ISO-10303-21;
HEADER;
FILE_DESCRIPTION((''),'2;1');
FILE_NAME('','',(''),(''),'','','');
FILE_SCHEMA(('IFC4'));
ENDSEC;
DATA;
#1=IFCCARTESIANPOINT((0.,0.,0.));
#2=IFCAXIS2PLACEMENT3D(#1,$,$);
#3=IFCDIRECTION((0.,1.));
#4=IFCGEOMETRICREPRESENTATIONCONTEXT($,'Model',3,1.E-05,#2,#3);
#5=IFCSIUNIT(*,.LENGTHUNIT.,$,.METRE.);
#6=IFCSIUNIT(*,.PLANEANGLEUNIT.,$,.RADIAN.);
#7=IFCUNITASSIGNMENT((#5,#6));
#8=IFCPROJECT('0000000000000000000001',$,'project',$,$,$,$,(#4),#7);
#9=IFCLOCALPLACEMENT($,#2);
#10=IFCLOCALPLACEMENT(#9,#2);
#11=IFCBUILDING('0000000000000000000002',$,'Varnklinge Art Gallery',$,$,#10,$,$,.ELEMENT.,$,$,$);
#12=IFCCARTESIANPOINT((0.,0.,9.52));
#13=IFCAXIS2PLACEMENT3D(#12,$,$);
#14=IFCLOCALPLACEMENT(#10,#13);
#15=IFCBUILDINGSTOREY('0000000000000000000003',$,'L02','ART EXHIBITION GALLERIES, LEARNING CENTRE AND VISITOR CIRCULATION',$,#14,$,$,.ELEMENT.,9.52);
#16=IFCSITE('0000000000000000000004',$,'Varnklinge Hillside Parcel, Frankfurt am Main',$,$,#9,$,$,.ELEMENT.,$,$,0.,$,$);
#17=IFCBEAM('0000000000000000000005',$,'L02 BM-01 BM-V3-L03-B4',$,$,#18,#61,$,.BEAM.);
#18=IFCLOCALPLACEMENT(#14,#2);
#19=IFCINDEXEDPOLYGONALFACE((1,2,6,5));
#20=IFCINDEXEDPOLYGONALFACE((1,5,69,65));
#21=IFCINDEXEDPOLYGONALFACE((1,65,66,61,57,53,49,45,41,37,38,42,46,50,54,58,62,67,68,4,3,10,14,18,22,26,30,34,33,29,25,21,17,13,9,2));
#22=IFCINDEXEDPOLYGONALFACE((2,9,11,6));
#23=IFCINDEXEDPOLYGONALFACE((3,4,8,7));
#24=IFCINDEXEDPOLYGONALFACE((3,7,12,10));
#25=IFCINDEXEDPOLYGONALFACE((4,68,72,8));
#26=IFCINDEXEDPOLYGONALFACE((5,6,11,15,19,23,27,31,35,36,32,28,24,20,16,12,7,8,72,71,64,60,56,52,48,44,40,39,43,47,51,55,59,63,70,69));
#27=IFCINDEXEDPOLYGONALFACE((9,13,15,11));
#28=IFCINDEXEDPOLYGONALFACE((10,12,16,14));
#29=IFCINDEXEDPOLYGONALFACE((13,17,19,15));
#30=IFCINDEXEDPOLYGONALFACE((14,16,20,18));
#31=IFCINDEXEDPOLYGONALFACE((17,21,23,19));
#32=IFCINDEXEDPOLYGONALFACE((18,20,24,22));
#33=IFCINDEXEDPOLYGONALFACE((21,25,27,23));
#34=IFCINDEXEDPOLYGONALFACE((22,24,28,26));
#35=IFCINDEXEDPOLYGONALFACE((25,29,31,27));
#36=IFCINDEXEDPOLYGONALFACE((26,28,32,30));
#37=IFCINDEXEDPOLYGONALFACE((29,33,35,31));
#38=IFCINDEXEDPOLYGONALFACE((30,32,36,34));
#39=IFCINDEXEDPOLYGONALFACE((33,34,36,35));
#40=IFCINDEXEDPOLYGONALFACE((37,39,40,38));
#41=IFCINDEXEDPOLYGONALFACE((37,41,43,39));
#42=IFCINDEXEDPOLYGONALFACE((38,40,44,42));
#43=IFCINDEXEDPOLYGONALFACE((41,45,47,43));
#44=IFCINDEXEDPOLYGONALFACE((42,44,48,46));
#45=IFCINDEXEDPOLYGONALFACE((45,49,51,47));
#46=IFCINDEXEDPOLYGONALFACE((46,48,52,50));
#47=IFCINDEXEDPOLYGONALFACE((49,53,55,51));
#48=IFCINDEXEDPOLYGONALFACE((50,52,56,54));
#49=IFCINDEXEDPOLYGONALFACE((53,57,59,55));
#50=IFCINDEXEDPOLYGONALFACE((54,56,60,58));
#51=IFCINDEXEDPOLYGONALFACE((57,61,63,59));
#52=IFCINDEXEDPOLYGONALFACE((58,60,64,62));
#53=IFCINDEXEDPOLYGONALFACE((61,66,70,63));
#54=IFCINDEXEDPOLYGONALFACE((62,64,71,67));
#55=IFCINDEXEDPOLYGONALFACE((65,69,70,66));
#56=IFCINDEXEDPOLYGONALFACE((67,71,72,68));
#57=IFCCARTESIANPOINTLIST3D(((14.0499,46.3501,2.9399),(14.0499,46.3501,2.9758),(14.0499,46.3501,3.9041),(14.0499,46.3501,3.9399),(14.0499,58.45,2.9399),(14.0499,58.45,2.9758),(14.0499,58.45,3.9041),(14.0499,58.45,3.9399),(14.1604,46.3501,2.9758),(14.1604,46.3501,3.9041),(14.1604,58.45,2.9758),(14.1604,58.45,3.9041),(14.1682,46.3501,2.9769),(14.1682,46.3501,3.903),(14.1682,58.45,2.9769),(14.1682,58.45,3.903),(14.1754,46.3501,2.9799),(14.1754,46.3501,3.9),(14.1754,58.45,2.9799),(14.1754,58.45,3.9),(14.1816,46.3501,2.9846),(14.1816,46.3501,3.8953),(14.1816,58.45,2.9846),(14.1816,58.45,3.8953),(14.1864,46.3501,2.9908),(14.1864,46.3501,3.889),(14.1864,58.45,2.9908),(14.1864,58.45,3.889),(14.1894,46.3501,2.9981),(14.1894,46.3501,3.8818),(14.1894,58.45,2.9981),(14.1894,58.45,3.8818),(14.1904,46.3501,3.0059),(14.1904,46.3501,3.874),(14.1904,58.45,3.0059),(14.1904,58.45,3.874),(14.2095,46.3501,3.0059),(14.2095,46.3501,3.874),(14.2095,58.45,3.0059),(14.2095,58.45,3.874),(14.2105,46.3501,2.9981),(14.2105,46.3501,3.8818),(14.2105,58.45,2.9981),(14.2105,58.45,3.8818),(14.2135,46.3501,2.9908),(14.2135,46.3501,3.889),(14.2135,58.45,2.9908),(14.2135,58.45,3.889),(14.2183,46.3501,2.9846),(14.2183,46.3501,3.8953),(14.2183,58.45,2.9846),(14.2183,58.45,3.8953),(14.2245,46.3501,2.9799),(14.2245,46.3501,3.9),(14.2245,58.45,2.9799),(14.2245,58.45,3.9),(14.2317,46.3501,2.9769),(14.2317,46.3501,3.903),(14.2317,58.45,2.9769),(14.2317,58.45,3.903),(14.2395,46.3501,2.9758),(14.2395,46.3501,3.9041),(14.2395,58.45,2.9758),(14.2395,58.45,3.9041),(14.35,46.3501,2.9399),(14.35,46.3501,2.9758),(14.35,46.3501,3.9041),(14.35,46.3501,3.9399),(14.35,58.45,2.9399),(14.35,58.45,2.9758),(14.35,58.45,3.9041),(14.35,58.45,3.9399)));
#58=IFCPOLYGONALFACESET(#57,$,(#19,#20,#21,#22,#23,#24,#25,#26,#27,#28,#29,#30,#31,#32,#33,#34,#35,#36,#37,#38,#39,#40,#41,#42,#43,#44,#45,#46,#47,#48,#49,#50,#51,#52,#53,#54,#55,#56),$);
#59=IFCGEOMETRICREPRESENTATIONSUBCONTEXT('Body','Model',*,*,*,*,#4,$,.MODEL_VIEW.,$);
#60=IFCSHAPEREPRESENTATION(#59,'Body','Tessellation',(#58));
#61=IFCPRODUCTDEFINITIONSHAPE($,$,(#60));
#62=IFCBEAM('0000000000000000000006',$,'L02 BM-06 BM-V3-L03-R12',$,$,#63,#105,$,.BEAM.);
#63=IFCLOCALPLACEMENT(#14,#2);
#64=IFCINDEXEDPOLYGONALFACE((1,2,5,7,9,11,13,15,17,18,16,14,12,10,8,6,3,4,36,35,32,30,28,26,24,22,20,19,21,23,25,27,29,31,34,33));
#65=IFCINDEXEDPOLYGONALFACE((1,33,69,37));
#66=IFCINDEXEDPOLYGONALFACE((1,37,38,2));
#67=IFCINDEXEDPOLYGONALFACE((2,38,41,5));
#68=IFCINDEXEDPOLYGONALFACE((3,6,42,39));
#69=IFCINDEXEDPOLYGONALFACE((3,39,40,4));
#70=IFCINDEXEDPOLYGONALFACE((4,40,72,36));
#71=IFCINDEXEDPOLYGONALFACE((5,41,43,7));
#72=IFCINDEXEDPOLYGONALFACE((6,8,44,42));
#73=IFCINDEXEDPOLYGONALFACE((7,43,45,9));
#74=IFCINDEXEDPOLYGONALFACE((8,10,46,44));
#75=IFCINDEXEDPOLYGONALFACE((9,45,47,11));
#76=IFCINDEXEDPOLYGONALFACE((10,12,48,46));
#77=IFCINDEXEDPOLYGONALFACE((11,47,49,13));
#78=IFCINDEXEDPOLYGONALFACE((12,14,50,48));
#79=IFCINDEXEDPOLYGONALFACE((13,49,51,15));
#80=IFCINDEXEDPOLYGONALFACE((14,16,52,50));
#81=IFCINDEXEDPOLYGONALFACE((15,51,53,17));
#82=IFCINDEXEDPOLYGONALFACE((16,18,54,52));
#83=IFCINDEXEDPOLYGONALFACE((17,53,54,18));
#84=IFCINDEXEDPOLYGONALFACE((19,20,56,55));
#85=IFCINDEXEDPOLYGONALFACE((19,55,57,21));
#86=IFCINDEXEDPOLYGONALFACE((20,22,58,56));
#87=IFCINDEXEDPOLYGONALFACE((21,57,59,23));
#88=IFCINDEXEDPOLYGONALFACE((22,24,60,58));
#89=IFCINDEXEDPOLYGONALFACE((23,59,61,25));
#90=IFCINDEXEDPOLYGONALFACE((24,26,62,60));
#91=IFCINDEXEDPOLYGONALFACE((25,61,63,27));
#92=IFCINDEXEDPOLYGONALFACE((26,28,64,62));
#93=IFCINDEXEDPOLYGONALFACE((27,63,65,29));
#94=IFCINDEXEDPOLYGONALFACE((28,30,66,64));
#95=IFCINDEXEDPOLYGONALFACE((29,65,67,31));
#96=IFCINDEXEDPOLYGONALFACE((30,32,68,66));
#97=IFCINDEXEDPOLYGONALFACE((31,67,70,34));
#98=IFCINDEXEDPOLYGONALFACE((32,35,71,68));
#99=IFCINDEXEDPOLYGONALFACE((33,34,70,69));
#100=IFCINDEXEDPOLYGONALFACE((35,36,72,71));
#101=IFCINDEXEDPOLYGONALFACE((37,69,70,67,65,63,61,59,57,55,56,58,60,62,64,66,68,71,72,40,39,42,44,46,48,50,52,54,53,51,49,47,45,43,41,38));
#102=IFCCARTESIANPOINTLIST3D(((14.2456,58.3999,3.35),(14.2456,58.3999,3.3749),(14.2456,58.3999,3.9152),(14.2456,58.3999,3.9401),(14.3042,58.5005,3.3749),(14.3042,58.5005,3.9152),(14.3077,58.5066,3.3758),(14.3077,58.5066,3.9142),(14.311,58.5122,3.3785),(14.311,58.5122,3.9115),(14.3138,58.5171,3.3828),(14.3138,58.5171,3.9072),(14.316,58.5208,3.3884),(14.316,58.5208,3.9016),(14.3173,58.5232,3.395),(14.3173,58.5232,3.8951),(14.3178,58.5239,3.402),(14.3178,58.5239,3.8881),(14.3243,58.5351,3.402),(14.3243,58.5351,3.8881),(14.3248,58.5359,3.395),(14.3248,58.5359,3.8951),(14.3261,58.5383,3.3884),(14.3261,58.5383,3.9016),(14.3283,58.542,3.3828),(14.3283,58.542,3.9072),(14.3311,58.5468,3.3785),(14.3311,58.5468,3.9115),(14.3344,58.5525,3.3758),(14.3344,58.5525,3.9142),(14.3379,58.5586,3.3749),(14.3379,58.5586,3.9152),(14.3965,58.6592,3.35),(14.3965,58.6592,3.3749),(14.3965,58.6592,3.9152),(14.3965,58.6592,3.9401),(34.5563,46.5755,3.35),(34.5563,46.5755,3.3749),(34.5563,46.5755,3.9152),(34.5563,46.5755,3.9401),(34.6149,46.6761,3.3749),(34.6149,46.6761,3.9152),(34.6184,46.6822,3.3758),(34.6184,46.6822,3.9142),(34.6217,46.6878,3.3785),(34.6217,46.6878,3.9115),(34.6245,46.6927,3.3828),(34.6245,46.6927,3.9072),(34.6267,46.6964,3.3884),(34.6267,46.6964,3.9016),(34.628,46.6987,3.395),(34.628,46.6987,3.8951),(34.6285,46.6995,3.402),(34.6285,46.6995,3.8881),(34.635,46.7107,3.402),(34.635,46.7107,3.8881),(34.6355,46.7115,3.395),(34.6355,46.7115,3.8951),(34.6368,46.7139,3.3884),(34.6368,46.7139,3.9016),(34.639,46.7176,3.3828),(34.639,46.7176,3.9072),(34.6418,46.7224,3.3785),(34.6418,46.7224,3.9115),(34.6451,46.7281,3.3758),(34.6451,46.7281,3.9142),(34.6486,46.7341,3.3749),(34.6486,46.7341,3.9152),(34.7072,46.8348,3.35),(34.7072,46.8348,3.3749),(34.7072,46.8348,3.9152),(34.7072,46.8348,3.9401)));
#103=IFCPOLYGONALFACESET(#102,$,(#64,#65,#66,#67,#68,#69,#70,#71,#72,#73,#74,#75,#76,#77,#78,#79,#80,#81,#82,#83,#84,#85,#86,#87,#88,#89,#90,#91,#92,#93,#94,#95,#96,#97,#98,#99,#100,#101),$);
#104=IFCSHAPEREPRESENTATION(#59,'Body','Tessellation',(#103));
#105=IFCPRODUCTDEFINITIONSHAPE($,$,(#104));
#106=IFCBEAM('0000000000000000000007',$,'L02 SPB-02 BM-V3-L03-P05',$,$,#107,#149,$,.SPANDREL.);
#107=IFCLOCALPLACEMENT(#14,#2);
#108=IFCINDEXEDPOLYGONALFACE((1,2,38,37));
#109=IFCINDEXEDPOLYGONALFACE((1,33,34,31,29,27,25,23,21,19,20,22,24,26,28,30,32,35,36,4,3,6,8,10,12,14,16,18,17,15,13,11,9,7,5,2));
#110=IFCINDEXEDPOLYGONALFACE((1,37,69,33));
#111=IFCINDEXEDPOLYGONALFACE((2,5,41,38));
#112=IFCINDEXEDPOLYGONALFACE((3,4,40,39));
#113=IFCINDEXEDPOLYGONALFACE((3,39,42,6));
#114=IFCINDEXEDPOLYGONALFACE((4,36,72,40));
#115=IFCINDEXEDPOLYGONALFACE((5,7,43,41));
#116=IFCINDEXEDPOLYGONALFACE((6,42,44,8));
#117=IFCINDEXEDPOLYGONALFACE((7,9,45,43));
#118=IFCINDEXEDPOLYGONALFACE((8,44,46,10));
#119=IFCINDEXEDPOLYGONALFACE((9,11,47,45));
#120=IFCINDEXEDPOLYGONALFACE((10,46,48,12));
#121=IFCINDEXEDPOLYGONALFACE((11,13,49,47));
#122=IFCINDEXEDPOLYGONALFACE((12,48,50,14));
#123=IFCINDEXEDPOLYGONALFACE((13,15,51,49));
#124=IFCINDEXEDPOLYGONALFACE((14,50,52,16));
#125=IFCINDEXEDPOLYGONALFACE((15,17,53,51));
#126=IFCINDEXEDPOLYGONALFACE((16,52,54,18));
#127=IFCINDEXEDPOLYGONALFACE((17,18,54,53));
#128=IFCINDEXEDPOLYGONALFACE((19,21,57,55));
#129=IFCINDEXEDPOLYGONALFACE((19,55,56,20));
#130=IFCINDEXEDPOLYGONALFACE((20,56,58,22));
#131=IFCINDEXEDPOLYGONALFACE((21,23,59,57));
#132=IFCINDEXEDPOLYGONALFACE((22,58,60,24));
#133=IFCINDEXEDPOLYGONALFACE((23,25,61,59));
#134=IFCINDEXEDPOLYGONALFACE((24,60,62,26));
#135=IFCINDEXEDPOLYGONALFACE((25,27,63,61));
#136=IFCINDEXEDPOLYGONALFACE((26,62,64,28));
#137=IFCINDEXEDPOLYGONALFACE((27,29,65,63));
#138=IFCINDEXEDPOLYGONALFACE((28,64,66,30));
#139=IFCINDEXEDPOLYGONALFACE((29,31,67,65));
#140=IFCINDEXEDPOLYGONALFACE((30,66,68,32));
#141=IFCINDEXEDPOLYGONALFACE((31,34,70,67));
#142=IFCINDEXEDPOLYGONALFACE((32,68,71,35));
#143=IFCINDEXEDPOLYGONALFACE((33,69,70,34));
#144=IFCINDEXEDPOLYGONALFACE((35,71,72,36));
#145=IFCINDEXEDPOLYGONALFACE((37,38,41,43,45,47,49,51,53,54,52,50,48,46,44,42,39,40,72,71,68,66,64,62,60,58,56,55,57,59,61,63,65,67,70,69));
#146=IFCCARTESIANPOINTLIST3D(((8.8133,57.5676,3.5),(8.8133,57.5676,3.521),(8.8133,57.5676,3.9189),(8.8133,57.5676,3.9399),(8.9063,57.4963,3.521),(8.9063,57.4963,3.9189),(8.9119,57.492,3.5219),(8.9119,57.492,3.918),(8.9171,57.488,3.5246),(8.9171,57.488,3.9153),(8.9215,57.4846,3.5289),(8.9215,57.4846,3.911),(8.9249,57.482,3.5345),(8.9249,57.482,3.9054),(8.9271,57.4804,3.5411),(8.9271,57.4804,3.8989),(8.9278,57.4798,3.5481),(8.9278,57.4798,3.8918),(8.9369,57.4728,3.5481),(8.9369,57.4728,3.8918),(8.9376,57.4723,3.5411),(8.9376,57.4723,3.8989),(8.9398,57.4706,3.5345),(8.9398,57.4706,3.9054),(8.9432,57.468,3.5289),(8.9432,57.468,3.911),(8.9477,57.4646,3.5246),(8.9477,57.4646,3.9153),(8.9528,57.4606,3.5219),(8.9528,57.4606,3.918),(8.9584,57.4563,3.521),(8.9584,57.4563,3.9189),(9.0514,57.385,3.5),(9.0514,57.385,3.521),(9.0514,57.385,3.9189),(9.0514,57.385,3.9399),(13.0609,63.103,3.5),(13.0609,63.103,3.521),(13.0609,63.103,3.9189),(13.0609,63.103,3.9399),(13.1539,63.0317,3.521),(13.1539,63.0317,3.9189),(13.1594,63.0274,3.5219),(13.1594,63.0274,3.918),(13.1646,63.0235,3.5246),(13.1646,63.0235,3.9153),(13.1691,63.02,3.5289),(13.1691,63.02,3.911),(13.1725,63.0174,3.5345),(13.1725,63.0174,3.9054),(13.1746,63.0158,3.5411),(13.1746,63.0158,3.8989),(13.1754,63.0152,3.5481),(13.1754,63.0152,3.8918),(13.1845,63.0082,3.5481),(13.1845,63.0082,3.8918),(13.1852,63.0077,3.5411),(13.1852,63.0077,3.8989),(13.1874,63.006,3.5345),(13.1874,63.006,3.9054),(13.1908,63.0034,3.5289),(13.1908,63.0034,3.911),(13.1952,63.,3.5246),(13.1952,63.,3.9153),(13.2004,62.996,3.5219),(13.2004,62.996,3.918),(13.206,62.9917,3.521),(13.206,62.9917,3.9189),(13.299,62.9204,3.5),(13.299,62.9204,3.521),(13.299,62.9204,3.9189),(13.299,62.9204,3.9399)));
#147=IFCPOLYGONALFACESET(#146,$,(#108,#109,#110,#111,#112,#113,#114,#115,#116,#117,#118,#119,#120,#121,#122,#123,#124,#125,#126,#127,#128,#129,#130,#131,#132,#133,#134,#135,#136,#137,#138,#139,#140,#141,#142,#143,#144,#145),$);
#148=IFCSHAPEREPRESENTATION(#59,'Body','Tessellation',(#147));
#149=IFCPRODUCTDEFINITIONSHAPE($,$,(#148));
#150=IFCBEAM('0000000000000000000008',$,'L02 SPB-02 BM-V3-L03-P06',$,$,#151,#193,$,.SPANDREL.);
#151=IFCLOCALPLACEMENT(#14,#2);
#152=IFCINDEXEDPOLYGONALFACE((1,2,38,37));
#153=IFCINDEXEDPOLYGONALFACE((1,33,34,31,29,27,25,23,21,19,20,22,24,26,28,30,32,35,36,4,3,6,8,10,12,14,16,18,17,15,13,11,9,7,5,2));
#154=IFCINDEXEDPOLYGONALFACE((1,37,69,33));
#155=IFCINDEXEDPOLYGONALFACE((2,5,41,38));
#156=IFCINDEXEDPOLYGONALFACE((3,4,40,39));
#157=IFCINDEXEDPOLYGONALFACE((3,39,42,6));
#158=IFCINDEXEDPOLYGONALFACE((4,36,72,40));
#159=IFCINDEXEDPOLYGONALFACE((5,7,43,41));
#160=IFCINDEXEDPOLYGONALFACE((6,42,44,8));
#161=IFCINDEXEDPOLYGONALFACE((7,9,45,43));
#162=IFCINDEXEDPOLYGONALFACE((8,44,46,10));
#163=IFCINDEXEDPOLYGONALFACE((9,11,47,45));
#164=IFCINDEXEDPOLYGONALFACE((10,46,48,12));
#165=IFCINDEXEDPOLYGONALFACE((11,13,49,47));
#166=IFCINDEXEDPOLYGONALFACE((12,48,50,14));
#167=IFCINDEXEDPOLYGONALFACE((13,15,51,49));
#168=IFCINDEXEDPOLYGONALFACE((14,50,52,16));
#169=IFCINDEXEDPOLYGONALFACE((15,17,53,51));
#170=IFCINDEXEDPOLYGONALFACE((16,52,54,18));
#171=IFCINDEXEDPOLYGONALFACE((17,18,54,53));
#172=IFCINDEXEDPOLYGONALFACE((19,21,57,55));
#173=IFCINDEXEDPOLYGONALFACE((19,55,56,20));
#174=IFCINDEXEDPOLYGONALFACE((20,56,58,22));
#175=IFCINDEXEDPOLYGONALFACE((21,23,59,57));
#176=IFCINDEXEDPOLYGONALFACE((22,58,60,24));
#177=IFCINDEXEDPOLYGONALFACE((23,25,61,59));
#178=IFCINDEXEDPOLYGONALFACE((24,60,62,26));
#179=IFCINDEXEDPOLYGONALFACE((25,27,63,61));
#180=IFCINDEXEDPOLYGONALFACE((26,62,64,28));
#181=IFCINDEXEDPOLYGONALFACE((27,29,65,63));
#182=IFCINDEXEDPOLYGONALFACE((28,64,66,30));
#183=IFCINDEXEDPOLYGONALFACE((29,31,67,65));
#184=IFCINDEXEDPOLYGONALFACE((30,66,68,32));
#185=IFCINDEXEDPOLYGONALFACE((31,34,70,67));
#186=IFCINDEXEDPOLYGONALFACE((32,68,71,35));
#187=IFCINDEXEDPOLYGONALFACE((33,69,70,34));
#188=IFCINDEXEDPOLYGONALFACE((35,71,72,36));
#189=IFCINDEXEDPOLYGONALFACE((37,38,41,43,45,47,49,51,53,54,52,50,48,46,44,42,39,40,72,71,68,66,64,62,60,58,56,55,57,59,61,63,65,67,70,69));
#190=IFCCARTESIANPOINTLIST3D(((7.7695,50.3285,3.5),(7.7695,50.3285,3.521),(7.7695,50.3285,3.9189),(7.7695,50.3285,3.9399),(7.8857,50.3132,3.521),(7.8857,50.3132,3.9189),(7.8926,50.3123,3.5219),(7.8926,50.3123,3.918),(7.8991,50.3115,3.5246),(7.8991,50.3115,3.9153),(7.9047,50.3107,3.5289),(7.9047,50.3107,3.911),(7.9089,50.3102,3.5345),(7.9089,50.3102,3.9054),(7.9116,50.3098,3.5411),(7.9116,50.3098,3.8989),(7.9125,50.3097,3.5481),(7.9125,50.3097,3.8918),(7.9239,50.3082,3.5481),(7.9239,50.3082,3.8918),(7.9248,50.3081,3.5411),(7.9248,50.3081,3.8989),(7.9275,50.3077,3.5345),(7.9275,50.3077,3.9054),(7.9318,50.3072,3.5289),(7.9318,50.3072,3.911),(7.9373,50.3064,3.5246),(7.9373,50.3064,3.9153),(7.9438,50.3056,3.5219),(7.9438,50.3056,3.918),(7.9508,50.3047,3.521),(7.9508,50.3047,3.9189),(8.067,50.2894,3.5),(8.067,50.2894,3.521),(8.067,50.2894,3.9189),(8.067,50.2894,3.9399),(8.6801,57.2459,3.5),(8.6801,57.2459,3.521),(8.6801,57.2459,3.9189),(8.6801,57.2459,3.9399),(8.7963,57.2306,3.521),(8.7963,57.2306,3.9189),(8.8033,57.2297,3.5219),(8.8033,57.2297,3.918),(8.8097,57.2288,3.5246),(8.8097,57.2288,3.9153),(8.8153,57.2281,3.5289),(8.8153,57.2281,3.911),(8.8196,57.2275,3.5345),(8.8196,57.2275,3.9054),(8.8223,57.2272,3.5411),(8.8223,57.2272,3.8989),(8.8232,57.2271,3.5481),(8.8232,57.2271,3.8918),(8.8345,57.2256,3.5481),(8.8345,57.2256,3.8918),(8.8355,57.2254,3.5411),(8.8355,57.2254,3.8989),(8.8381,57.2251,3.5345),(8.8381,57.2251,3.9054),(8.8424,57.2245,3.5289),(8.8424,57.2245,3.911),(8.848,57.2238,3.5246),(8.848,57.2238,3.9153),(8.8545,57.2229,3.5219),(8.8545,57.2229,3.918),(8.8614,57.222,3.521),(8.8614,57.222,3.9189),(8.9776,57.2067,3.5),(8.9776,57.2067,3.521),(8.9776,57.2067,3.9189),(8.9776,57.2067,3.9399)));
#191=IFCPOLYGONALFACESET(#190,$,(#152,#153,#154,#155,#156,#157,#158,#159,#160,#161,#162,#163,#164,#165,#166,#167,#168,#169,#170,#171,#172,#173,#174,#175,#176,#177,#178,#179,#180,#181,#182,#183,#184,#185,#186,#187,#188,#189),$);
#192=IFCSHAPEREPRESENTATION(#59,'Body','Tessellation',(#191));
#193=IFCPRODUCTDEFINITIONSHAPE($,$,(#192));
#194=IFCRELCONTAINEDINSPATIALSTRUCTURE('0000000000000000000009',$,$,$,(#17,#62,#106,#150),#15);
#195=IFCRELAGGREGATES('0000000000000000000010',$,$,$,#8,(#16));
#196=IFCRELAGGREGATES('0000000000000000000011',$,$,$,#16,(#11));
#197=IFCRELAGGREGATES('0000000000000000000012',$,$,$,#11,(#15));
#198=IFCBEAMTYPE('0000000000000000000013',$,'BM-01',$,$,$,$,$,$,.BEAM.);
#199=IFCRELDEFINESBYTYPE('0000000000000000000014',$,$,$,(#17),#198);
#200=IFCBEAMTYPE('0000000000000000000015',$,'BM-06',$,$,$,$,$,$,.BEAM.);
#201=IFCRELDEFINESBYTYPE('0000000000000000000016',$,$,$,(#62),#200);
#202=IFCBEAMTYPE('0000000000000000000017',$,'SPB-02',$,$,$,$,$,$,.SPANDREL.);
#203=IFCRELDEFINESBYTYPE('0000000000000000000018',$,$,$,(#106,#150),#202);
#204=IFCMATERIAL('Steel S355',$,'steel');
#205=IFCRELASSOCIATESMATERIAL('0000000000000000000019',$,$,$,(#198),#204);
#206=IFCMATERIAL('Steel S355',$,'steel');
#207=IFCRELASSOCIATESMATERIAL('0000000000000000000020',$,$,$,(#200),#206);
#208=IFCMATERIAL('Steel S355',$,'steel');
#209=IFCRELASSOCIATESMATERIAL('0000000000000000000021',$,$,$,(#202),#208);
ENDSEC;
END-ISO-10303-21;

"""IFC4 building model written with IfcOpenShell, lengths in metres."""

from ifc_helpers import new_model, si_unit, direction, frame, origin, origin_2d, place, context, subcontext, project, spatial, i_section, extrude, material, material_profile, profile_set, type_object, element, save


model = new_model("IFC4")

# Units and contexts
model_context = context("Model", 3, precision=1e-05, world=origin(), true_north=direction((0.0, 1.0)))
body_context = subcontext(model_context, "Body", "Model", "MODEL_VIEW")
ifc_project = project(units=[si_unit("LENGTHUNIT", "METRE"), si_unit("PLANEANGLEUNIT", "RADIAN")], contexts=[model_context])

# Site, building, storey
site_placement = place(None, origin())
site = spatial("IfcSite", under=ifc_project, at=site_placement, Name="Varnklinge Hillside Parcel, Frankfurt am Main", CompositionType="ELEMENT", RefElevation=0.0)
building_placement = place(site_placement, origin())
building = spatial("IfcBuilding", under=site, at=building_placement, Name="Varnklinge Art Gallery", CompositionType="ELEMENT")
storey_placement = place(building_placement, frame((0.0, 0.0, 9.52)))
storey = spatial("IfcBuildingStorey", under=building, at=storey_placement, Name="L02", Description="ART EXHIBITION GALLERIES, LEARNING CENTRE AND VISITOR CIRCULATION", CompositionType="ELEMENT", Elevation=9.52)

# Beams
ifc_material_1 = material(Name="Steel S355", Category="steel")
ifc_material_profile_1 = material_profile(ifc_material_1, i_section(OverallWidth=0.3, OverallDepth=1.0, WebThickness=0.019, FlangeThickness=0.0359, FilletRadius=0.03, at=origin_2d()), Name="HEB 1000")
ifc_profile_set_1 = profile_set([ifc_material_profile_1], Name="Steel S355")
beam_type_1 = type_object("IfcBeamType", Name="BM-01", PredefinedType="BEAM", material=ifc_profile_set_1)
beam_1_placement = place(storey_placement, frame((14.2, 58.45, 3.4399), z_axis=(0.0, -1.0, 0.0), x_axis=(1.0, 0.0, 0.0)))
element("IfcBeam", 1, at=beam_1_placement, inside=storey, type_object=beam_type_1, Name="L02 BM-01 BM-V3-L03-B4", PredefinedType="BEAM", context=body_context, shape_type="SweptSolid", body=[
    extrude(i_section(OverallWidth=0.3, OverallDepth=1.0, WebThickness=0.019, FlangeThickness=0.0359, FilletRadius=0.03, at=origin_2d()), origin(), (0.0, 0.0, 1.0), 12.0999),
])
ifc_material_2 = material(Name="Steel S355", Category="steel")
ifc_material_profile_2 = material_profile(ifc_material_2, i_section(OverallWidth=0.3, OverallDepth=0.5901, WebThickness=0.0129, FlangeThickness=0.0249, FilletRadius=0.0271, at=origin_2d()), Name="HEA 600")
ifc_profile_set_2 = profile_set([ifc_material_profile_2], Name="Steel S355")
beam_type_2 = type_object("IfcBeamType", Name="BM-06", PredefinedType="BEAM", material=ifc_profile_set_2)
beam_2_placement = place(storey_placement, frame((14.321, 58.5295, 3.645), z_axis=(0.864214, -0.503125, 0.0), x_axis=(0.503125, 0.864214, 0.0)))
element("IfcBeam", 2, at=beam_2_placement, inside=storey, type_object=beam_type_2, Name="L02 BM-06 BM-V3-L03-R12", PredefinedType="BEAM", context=body_context, shape_type="SweptSolid", body=[
    extrude(i_section(OverallWidth=0.3, OverallDepth=0.5901, WebThickness=0.0129, FlangeThickness=0.0249, FilletRadius=0.0271, at=origin_2d()), origin(), (0.0, 0.0, 1.0), 23.502),
])
ifc_material_3 = material(Name="Steel S355", Category="steel")
ifc_material_profile_3 = material_profile(ifc_material_3, i_section(OverallWidth=0.3, OverallDepth=0.4399, WebThickness=0.0115, FlangeThickness=0.021, FilletRadius=0.0271, at=origin_2d()), Name="HEA 450")
ifc_profile_set_3 = profile_set([ifc_material_profile_3], Name="Steel S355")
beam_type_3 = type_object("IfcBeamType", Name="SPB-02", PredefinedType="SPANDREL", material=ifc_profile_set_3)
beam_3_placement = place(storey_placement, frame((13.1799, 63.0117, 3.72), z_axis=(-0.60877, -0.793347, 0.0), x_axis=(0.793347, -0.60877, 0.0)))
element("IfcBeam", 3, at=beam_3_placement, inside=storey, type_object=beam_type_3, Name="L02 SPB-02 BM-V3-L03-P05", PredefinedType="SPANDREL", context=body_context, shape_type="SweptSolid", body=[
    extrude(i_section(OverallWidth=0.3, OverallDepth=0.4399, WebThickness=0.0115, FlangeThickness=0.021, FilletRadius=0.0271, at=origin_2d()), origin(), (0.0, 0.0, 1.0), 6.9773),
])
beam_4_placement = place(storey_placement, frame((8.8289, 57.2263, 3.72), z_axis=(-0.130518, -0.991446, 0.0), x_axis=(0.991446, -0.130518, 0.0)))
element("IfcBeam", 4, at=beam_4_placement, inside=storey, type_object=beam_type_3, Name="L02 SPB-02 BM-V3-L03-P06", PredefinedType="SPANDREL", context=body_context, shape_type="SweptSolid", body=[
    extrude(i_section(OverallWidth=0.3, OverallDepth=0.4399, WebThickness=0.0115, FlangeThickness=0.021, FilletRadius=0.0271, at=origin_2d()), origin(), (0.0, 0.0, 1.0), 6.9771),
])

save(model, "model.ifc")
